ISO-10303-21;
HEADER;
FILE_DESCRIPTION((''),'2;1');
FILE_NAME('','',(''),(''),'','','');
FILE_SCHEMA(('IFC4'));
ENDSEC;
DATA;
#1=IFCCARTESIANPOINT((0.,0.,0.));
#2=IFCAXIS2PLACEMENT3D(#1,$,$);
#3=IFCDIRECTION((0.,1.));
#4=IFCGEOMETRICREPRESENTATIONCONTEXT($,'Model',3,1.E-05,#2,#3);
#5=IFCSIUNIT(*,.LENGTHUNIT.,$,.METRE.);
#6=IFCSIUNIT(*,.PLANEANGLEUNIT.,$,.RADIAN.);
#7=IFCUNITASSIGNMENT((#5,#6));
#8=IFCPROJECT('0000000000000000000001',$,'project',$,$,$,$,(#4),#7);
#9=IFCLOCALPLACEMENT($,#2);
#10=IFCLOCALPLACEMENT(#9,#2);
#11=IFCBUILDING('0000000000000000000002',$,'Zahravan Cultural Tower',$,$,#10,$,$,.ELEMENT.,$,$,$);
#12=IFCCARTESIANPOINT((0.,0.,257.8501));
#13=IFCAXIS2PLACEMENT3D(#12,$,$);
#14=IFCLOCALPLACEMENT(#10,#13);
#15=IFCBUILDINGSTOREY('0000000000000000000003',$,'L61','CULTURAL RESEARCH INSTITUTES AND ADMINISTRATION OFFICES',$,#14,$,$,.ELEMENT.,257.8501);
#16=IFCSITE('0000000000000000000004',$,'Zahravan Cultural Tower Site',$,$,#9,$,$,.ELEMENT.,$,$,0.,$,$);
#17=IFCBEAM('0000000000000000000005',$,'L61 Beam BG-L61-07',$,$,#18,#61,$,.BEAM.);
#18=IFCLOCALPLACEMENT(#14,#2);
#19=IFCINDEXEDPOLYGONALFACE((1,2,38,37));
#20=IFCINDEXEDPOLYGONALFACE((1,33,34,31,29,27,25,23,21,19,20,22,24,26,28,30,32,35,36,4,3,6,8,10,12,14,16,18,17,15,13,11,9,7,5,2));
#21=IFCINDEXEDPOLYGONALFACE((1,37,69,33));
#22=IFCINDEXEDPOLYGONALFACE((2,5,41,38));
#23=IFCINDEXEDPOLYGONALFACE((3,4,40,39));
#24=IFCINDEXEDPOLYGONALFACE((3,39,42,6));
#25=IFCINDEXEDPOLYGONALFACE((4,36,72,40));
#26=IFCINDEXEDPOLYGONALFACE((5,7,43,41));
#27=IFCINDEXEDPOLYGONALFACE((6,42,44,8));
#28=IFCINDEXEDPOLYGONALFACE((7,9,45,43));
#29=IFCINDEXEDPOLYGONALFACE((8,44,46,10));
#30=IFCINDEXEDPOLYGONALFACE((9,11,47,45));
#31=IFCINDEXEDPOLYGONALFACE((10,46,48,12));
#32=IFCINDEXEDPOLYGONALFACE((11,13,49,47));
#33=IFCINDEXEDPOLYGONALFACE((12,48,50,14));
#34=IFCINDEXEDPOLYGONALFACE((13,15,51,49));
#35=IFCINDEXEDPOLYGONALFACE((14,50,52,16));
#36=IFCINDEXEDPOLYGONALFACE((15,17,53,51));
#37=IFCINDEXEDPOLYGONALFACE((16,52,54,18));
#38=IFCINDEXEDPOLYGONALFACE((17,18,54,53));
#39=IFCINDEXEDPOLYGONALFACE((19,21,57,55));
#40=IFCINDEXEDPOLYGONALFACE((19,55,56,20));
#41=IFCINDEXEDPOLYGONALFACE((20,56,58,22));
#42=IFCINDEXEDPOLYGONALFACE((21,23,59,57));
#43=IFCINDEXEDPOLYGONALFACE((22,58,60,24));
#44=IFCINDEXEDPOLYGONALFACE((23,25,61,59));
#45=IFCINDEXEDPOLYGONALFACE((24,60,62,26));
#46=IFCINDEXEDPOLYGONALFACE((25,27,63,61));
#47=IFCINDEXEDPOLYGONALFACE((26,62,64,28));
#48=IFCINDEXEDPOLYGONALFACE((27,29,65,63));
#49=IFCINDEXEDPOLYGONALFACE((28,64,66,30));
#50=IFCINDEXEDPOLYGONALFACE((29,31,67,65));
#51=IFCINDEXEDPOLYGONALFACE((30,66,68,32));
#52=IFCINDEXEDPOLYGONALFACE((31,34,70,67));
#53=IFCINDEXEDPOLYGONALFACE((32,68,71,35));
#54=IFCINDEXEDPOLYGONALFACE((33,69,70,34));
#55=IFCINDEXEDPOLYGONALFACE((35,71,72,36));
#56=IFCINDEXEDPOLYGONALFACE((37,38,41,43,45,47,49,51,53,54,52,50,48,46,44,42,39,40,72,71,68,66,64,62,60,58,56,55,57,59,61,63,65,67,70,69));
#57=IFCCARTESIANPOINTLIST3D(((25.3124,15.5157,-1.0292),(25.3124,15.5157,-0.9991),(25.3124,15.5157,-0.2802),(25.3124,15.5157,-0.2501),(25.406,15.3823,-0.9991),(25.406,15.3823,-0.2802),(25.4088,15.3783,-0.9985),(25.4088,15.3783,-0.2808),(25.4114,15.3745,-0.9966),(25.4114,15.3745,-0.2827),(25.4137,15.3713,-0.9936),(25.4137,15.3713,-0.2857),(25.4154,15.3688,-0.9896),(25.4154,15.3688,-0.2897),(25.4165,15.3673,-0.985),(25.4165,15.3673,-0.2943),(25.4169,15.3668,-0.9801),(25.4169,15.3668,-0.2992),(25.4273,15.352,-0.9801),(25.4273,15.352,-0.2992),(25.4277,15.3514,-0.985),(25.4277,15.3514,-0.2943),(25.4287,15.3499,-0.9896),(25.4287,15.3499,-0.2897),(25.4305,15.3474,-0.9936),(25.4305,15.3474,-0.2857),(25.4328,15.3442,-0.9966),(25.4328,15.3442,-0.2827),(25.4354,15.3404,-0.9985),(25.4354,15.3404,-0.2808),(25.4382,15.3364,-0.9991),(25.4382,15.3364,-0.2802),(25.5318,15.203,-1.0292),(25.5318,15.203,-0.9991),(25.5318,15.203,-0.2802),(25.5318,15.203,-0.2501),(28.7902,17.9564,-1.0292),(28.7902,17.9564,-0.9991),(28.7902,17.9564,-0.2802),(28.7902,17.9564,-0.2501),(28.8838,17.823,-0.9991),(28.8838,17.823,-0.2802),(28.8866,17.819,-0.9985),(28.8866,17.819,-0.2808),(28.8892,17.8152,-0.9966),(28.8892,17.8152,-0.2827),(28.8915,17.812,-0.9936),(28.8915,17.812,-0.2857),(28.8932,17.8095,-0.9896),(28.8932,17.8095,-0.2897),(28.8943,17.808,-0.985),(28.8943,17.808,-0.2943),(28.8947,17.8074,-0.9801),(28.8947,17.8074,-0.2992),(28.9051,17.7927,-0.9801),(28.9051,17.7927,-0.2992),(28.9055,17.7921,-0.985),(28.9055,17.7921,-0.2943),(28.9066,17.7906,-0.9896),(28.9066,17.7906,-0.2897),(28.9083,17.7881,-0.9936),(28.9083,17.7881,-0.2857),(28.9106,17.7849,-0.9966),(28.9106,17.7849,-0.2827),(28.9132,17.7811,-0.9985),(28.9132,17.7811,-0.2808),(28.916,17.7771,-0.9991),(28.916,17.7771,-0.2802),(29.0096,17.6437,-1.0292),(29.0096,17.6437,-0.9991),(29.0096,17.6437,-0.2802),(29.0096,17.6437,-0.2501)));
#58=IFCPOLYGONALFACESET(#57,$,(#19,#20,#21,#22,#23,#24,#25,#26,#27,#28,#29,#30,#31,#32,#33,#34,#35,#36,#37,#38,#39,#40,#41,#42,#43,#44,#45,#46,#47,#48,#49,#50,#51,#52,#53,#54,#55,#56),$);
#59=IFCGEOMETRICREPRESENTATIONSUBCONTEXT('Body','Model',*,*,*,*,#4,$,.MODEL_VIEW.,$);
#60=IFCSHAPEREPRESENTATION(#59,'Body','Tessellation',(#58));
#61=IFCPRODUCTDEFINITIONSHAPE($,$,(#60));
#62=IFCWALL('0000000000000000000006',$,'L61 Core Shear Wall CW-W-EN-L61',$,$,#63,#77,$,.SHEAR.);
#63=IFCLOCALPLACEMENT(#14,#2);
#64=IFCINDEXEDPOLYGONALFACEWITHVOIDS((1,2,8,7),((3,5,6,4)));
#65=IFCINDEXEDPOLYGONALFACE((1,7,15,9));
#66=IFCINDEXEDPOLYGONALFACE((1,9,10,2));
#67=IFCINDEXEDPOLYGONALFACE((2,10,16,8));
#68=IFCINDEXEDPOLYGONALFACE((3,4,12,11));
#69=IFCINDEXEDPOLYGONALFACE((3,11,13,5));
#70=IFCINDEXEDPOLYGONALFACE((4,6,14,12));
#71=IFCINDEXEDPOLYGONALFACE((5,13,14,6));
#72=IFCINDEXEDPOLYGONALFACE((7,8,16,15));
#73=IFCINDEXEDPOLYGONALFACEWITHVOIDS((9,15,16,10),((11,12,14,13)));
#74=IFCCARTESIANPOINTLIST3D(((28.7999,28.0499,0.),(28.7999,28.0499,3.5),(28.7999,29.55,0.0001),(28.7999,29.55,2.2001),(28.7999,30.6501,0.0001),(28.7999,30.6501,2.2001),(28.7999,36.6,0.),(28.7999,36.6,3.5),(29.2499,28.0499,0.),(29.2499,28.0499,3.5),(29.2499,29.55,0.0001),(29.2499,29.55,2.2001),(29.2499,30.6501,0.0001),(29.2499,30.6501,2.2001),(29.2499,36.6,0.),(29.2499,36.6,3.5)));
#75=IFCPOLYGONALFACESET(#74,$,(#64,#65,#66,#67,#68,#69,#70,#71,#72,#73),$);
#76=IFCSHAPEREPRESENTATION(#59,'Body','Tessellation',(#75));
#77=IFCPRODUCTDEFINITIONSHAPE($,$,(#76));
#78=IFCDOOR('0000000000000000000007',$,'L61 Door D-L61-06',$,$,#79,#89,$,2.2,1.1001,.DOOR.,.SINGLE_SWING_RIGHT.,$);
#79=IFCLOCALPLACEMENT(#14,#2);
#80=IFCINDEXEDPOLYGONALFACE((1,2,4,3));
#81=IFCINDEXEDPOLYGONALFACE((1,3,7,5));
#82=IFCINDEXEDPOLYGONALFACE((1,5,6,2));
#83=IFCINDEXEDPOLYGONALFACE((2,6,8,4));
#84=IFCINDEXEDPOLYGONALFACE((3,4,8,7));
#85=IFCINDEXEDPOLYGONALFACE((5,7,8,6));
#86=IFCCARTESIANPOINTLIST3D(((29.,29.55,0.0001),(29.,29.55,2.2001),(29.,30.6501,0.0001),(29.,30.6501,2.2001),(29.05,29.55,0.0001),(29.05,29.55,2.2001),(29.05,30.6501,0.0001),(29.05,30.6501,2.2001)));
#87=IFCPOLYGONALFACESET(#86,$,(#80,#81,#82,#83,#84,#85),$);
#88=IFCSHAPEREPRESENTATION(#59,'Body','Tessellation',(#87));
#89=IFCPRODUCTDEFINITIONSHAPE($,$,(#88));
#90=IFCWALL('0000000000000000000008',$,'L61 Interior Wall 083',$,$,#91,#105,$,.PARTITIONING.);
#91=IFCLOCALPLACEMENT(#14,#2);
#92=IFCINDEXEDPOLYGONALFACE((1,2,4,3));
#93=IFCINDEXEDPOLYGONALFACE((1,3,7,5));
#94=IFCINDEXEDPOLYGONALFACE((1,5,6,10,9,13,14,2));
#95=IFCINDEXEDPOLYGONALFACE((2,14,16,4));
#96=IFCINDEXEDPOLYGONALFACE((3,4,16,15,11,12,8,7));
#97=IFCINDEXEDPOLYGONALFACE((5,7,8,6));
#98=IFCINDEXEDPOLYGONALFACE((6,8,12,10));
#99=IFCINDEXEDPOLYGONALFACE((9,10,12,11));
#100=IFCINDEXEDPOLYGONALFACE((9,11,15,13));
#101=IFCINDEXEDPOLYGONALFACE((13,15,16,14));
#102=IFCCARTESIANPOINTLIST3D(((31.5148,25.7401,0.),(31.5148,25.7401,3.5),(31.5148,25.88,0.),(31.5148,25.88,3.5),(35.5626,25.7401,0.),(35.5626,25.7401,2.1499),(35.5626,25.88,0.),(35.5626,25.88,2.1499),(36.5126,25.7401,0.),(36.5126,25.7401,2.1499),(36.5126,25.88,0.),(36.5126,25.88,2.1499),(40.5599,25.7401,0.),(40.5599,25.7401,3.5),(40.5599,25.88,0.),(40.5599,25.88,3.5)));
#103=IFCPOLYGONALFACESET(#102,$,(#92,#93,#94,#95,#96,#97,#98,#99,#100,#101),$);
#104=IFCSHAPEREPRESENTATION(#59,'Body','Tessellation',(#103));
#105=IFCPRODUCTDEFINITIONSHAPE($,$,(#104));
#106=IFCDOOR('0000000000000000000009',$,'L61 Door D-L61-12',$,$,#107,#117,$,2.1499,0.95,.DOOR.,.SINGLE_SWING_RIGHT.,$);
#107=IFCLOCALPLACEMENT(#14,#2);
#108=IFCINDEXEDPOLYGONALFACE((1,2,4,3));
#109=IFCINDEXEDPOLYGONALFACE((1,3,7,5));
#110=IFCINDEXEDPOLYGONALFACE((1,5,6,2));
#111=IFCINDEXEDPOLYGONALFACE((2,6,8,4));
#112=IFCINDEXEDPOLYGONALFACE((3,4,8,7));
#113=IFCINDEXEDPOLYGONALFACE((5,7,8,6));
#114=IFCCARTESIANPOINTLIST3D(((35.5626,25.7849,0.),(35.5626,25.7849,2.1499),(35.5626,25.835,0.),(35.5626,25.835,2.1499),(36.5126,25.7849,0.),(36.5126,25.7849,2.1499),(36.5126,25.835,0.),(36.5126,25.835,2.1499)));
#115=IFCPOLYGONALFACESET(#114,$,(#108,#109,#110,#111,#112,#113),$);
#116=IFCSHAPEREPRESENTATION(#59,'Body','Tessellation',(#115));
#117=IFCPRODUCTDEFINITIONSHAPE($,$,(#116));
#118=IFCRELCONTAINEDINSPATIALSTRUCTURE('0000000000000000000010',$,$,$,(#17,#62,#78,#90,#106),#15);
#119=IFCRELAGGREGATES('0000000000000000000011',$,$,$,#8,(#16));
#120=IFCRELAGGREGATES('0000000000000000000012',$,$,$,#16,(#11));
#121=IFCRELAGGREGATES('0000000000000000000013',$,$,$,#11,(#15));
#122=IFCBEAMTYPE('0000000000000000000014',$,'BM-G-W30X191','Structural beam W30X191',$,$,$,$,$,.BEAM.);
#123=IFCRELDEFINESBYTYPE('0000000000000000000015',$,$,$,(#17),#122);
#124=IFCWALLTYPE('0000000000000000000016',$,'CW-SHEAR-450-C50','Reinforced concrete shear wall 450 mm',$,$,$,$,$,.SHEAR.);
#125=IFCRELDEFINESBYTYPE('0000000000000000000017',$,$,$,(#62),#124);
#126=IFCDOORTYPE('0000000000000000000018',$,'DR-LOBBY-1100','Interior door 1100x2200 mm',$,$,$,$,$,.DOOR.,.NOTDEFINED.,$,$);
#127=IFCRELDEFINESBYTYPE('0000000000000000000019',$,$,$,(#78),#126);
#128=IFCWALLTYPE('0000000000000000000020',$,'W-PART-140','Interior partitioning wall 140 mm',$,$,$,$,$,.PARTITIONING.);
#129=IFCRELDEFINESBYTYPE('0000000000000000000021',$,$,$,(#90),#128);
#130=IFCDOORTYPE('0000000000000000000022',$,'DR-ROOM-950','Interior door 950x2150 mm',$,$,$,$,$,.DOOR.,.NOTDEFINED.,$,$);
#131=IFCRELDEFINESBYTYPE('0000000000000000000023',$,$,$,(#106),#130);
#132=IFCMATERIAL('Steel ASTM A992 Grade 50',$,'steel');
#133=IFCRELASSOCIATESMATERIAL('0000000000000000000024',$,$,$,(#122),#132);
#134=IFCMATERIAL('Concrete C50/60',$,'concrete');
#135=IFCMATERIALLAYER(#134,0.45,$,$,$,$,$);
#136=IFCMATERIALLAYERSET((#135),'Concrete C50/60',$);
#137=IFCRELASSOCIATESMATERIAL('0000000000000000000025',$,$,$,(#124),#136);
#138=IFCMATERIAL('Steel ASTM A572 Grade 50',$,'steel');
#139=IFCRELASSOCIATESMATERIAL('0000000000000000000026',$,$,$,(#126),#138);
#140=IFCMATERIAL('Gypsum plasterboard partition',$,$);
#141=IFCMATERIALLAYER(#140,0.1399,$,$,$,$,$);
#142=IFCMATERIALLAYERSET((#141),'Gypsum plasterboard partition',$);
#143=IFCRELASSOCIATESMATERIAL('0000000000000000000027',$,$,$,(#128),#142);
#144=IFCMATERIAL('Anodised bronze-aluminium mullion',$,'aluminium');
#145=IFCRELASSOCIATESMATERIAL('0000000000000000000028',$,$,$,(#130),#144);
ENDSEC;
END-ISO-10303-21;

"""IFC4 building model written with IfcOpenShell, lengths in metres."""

from ifc_helpers import new_model, si_unit, direction, frame, frame_2d, origin, origin_2d, place, context, subcontext, project, spatial, rectangle, i_section, extrude, source, transform, mapped, material, layer, layer_set, material_profile, profile_set, type_object, element, fill, save


model = new_model("IFC4")

# Units and contexts
model_context = context("Model", 3, precision=1e-05, world=origin(), true_north=direction((0.0, 1.0)))
body_context = subcontext(model_context, "Body", "Model", "MODEL_VIEW")
ifc_project = project(units=[si_unit("LENGTHUNIT", "METRE"), si_unit("PLANEANGLEUNIT", "RADIAN")], contexts=[model_context])

# Site, building, storey
site_placement = place(None, origin())
site = spatial("IfcSite", under=ifc_project, at=site_placement, Name="Zahravan Cultural Tower Site", CompositionType="ELEMENT", RefElevation=0.0)
building_placement = place(site_placement, origin())
building = spatial("IfcBuilding", under=site, at=building_placement, Name="Zahravan Cultural Tower", CompositionType="ELEMENT")
storey_placement = place(building_placement, frame((0.0, 0.0, 257.8501)))
storey = spatial("IfcBuildingStorey", under=building, at=storey_placement, Name="L61", Description="CULTURAL RESEARCH INSTITUTES AND ADMINISTRATION OFFICES", CompositionType="ELEMENT", Elevation=257.8501)

# Shared definitions
ifc_material_1 = material(Name="Concrete C50/60", Category="concrete")

# Beam
ifc_material_2 = material(Name="Steel ASTM A992 Grade 50", Category="steel")
ifc_material_profile_1 = material_profile(ifc_material_2, i_section(OverallWidth=0.3821, OverallDepth=0.7791, WebThickness=0.0181, FlangeThickness=0.03, FilletRadius=0.019, at=origin_2d()), Name="W30X191")
ifc_profile_set_1 = profile_set([ifc_material_profile_1], Name="Steel ASTM A992 Grade 50")
beam_type_1 = type_object("IfcBeamType", Name="BM-G-W30X191", Description="Structural beam W30X191", PredefinedType="BEAM", material=ifc_profile_set_1)
shared_shape_1 = source(origin(), body_context, "Body", "SweptSolid", [
    extrude(i_section(OverallWidth=0.3821, OverallDepth=0.7791, WebThickness=0.0181, FlangeThickness=0.03, FilletRadius=0.019, at=origin_2d()), origin(), (0.0, 0.0, 1.0), 4.2488),
])
beam_1_placement = place(storey_placement, frame((28.8999, 17.8, -0.6396), z_axis=(-0.818543, -0.574445, 0.0), x_axis=(0.574445, -0.818543, 0.0)))
element("IfcBeam", 1, at=beam_1_placement, inside=storey, type_object=beam_type_1, Name="L61 Beam BG-L61-07", PredefinedType="BEAM", context=body_context, shape_type="MappedRepresentation", body=[
    mapped(shared_shape_1, transform((0.0, 0.0, 0.0), x_axis=(1.0, 0.0, 0.0), y_axis=(0.0, 1.0, 0.0), z_axis=(0.0, 0.0, 1.0), scale=1.0)),
])

# Walls, openings, doors
ifc_layer_1 = layer(ifc_material_1, 0.45)
ifc_layer_set_1 = layer_set([ifc_layer_1], Name="Concrete C50/60")
wall_type_1 = type_object("IfcWallType", Name="CW-SHEAR-450-C50", Description="Reinforced concrete shear wall 450 mm", PredefinedType="SHEAR", material=ifc_layer_set_1)
wall_1_placement = place(storey_placement, frame((29.0249, 28.05, 0.0), z_axis=(0.0, 0.0, 1.0), x_axis=(0.0, 1.0, 0.0)))
wall_1 = element("IfcWall", 2, at=wall_1_placement, inside=storey, type_object=wall_type_1, Name="L61 Core Shear Wall CW-W-EN-L61", PredefinedType="SHEAR", context=body_context, shape_type="SweptSolid", body=[
    extrude(rectangle(XDim=8.55, YDim=0.45, at=frame_2d((4.2749, 0.0))), origin(), (0.0, 0.0, 1.0), 3.5),
])
opening_1_placement = place(wall_1_placement, frame((1.5, 0.0, 0.0)))
opening_1 = element("IfcOpeningElement", 3, at=opening_1_placement, cuts=wall_1, PredefinedType="OPENING", context=body_context, shape_type="SweptSolid", body=[
    extrude(rectangle(XDim=1.1001, YDim=2.2, at=frame_2d((0.55, 1.1001))), frame((0.0, 0.2349, 0.0), z_axis=(0.0, -1.0, 0.0), x_axis=(1.0, 0.0, 0.0)), (0.0, 0.0, 1.0), 0.47),
])
ifc_material_3 = material(Name="Steel ASTM A572 Grade 50", Category="steel")
door_type_1 = type_object("IfcDoorType", Name="DR-LOBBY-1100", Description="Interior door 1100x2200 mm", OperationType="NOTDEFINED", PredefinedType="DOOR", material=ifc_material_3)
shared_shape_2 = source(origin(), body_context, "Body", "SweptSolid", [
    extrude(rectangle(XDim=1.1001, YDim=2.2, at=frame_2d((0.55, 1.1001))), frame((0.0, 0.0249, 0.0), z_axis=(0.0, -1.0, 0.0), x_axis=(1.0, 0.0, 0.0)), (0.0, 0.0, 1.0), 0.05),
])
door_1_placement = place(opening_1_placement, origin())
door_1 = element("IfcDoor", 4, at=door_1_placement, inside=storey, type_object=door_type_1, Name="L61 Door D-L61-06", OperationType="SINGLE_SWING_RIGHT", OverallHeight=2.2, OverallWidth=1.1001, PredefinedType="DOOR", context=body_context, shape_type="MappedRepresentation", body=[
    mapped(shared_shape_2, transform((0.0, 0.0, 0.0), x_axis=(1.0, 0.0, 0.0), y_axis=(0.0, 1.0, 0.0), z_axis=(0.0, 0.0, 1.0), scale=1.0)),
])
fill(opening_1, door_1)
ifc_material_4 = material(Name="Gypsum plasterboard partition")
ifc_layer_2 = layer(ifc_material_4, 0.1399)
ifc_layer_set_2 = layer_set([ifc_layer_2], Name="Gypsum plasterboard partition")
wall_type_2 = type_object("IfcWallType", Name="W-PART-140", Description="Interior partitioning wall 140 mm", PredefinedType="PARTITIONING", material=ifc_layer_set_2)
wall_2_placement = place(storey_placement, frame((31.5149, 25.8101, 0.0), z_axis=(0.0, 0.0, 1.0), x_axis=(1.0, 0.0, 0.0)))
wall_2 = element("IfcWall", 5, at=wall_2_placement, inside=storey, type_object=wall_type_2, Name="L61 Interior Wall 083", PredefinedType="PARTITIONING", context=body_context, shape_type="SweptSolid", body=[
    extrude(rectangle(XDim=9.0452, YDim=0.1399, at=frame_2d((4.5225, 0.0))), origin(), (0.0, 0.0, 1.0), 3.5),
])
opening_2_placement = place(wall_2_placement, frame((4.0476, 0.0, 0.0)))
opening_2 = element("IfcOpeningElement", 6, at=opening_2_placement, cuts=wall_2, PredefinedType="OPENING", context=body_context, shape_type="SweptSolid", body=[
    extrude(rectangle(XDim=0.95, YDim=2.1499, at=frame_2d((0.4751, 1.075))), frame((0.0, 0.0798, 0.0), z_axis=(0.0, -1.0, 0.0), x_axis=(1.0, 0.0, 0.0)), (0.0, 0.0, 1.0), 0.1599),
])
ifc_material_5 = material(Name="Anodised bronze-aluminium mullion", Category="aluminium")
door_type_2 = type_object("IfcDoorType", Name="DR-ROOM-950", Description="Interior door 950x2150 mm", OperationType="NOTDEFINED", PredefinedType="DOOR", material=ifc_material_5)
shared_shape_3 = source(origin(), body_context, "Body", "SweptSolid", [
    extrude(rectangle(XDim=0.95, YDim=2.1499, at=frame_2d((0.4751, 1.075))), frame((0.0, 0.0249, 0.0), z_axis=(0.0, -1.0, 0.0), x_axis=(1.0, 0.0, 0.0)), (0.0, 0.0, 1.0), 0.05),
])
door_2_placement = place(opening_2_placement, origin())
door_2 = element("IfcDoor", 7, at=door_2_placement, inside=storey, type_object=door_type_2, Name="L61 Door D-L61-12", OperationType="SINGLE_SWING_RIGHT", OverallHeight=2.1499, OverallWidth=0.95, PredefinedType="DOOR", context=body_context, shape_type="MappedRepresentation", body=[
    mapped(shared_shape_3, transform((0.0, 0.0, 0.0), x_axis=(1.0, 0.0, 0.0), y_axis=(0.0, 1.0, 0.0), z_axis=(0.0, 0.0, 1.0), scale=1.0)),
])
fill(opening_2, door_2)

save(model, "model.ifc")
